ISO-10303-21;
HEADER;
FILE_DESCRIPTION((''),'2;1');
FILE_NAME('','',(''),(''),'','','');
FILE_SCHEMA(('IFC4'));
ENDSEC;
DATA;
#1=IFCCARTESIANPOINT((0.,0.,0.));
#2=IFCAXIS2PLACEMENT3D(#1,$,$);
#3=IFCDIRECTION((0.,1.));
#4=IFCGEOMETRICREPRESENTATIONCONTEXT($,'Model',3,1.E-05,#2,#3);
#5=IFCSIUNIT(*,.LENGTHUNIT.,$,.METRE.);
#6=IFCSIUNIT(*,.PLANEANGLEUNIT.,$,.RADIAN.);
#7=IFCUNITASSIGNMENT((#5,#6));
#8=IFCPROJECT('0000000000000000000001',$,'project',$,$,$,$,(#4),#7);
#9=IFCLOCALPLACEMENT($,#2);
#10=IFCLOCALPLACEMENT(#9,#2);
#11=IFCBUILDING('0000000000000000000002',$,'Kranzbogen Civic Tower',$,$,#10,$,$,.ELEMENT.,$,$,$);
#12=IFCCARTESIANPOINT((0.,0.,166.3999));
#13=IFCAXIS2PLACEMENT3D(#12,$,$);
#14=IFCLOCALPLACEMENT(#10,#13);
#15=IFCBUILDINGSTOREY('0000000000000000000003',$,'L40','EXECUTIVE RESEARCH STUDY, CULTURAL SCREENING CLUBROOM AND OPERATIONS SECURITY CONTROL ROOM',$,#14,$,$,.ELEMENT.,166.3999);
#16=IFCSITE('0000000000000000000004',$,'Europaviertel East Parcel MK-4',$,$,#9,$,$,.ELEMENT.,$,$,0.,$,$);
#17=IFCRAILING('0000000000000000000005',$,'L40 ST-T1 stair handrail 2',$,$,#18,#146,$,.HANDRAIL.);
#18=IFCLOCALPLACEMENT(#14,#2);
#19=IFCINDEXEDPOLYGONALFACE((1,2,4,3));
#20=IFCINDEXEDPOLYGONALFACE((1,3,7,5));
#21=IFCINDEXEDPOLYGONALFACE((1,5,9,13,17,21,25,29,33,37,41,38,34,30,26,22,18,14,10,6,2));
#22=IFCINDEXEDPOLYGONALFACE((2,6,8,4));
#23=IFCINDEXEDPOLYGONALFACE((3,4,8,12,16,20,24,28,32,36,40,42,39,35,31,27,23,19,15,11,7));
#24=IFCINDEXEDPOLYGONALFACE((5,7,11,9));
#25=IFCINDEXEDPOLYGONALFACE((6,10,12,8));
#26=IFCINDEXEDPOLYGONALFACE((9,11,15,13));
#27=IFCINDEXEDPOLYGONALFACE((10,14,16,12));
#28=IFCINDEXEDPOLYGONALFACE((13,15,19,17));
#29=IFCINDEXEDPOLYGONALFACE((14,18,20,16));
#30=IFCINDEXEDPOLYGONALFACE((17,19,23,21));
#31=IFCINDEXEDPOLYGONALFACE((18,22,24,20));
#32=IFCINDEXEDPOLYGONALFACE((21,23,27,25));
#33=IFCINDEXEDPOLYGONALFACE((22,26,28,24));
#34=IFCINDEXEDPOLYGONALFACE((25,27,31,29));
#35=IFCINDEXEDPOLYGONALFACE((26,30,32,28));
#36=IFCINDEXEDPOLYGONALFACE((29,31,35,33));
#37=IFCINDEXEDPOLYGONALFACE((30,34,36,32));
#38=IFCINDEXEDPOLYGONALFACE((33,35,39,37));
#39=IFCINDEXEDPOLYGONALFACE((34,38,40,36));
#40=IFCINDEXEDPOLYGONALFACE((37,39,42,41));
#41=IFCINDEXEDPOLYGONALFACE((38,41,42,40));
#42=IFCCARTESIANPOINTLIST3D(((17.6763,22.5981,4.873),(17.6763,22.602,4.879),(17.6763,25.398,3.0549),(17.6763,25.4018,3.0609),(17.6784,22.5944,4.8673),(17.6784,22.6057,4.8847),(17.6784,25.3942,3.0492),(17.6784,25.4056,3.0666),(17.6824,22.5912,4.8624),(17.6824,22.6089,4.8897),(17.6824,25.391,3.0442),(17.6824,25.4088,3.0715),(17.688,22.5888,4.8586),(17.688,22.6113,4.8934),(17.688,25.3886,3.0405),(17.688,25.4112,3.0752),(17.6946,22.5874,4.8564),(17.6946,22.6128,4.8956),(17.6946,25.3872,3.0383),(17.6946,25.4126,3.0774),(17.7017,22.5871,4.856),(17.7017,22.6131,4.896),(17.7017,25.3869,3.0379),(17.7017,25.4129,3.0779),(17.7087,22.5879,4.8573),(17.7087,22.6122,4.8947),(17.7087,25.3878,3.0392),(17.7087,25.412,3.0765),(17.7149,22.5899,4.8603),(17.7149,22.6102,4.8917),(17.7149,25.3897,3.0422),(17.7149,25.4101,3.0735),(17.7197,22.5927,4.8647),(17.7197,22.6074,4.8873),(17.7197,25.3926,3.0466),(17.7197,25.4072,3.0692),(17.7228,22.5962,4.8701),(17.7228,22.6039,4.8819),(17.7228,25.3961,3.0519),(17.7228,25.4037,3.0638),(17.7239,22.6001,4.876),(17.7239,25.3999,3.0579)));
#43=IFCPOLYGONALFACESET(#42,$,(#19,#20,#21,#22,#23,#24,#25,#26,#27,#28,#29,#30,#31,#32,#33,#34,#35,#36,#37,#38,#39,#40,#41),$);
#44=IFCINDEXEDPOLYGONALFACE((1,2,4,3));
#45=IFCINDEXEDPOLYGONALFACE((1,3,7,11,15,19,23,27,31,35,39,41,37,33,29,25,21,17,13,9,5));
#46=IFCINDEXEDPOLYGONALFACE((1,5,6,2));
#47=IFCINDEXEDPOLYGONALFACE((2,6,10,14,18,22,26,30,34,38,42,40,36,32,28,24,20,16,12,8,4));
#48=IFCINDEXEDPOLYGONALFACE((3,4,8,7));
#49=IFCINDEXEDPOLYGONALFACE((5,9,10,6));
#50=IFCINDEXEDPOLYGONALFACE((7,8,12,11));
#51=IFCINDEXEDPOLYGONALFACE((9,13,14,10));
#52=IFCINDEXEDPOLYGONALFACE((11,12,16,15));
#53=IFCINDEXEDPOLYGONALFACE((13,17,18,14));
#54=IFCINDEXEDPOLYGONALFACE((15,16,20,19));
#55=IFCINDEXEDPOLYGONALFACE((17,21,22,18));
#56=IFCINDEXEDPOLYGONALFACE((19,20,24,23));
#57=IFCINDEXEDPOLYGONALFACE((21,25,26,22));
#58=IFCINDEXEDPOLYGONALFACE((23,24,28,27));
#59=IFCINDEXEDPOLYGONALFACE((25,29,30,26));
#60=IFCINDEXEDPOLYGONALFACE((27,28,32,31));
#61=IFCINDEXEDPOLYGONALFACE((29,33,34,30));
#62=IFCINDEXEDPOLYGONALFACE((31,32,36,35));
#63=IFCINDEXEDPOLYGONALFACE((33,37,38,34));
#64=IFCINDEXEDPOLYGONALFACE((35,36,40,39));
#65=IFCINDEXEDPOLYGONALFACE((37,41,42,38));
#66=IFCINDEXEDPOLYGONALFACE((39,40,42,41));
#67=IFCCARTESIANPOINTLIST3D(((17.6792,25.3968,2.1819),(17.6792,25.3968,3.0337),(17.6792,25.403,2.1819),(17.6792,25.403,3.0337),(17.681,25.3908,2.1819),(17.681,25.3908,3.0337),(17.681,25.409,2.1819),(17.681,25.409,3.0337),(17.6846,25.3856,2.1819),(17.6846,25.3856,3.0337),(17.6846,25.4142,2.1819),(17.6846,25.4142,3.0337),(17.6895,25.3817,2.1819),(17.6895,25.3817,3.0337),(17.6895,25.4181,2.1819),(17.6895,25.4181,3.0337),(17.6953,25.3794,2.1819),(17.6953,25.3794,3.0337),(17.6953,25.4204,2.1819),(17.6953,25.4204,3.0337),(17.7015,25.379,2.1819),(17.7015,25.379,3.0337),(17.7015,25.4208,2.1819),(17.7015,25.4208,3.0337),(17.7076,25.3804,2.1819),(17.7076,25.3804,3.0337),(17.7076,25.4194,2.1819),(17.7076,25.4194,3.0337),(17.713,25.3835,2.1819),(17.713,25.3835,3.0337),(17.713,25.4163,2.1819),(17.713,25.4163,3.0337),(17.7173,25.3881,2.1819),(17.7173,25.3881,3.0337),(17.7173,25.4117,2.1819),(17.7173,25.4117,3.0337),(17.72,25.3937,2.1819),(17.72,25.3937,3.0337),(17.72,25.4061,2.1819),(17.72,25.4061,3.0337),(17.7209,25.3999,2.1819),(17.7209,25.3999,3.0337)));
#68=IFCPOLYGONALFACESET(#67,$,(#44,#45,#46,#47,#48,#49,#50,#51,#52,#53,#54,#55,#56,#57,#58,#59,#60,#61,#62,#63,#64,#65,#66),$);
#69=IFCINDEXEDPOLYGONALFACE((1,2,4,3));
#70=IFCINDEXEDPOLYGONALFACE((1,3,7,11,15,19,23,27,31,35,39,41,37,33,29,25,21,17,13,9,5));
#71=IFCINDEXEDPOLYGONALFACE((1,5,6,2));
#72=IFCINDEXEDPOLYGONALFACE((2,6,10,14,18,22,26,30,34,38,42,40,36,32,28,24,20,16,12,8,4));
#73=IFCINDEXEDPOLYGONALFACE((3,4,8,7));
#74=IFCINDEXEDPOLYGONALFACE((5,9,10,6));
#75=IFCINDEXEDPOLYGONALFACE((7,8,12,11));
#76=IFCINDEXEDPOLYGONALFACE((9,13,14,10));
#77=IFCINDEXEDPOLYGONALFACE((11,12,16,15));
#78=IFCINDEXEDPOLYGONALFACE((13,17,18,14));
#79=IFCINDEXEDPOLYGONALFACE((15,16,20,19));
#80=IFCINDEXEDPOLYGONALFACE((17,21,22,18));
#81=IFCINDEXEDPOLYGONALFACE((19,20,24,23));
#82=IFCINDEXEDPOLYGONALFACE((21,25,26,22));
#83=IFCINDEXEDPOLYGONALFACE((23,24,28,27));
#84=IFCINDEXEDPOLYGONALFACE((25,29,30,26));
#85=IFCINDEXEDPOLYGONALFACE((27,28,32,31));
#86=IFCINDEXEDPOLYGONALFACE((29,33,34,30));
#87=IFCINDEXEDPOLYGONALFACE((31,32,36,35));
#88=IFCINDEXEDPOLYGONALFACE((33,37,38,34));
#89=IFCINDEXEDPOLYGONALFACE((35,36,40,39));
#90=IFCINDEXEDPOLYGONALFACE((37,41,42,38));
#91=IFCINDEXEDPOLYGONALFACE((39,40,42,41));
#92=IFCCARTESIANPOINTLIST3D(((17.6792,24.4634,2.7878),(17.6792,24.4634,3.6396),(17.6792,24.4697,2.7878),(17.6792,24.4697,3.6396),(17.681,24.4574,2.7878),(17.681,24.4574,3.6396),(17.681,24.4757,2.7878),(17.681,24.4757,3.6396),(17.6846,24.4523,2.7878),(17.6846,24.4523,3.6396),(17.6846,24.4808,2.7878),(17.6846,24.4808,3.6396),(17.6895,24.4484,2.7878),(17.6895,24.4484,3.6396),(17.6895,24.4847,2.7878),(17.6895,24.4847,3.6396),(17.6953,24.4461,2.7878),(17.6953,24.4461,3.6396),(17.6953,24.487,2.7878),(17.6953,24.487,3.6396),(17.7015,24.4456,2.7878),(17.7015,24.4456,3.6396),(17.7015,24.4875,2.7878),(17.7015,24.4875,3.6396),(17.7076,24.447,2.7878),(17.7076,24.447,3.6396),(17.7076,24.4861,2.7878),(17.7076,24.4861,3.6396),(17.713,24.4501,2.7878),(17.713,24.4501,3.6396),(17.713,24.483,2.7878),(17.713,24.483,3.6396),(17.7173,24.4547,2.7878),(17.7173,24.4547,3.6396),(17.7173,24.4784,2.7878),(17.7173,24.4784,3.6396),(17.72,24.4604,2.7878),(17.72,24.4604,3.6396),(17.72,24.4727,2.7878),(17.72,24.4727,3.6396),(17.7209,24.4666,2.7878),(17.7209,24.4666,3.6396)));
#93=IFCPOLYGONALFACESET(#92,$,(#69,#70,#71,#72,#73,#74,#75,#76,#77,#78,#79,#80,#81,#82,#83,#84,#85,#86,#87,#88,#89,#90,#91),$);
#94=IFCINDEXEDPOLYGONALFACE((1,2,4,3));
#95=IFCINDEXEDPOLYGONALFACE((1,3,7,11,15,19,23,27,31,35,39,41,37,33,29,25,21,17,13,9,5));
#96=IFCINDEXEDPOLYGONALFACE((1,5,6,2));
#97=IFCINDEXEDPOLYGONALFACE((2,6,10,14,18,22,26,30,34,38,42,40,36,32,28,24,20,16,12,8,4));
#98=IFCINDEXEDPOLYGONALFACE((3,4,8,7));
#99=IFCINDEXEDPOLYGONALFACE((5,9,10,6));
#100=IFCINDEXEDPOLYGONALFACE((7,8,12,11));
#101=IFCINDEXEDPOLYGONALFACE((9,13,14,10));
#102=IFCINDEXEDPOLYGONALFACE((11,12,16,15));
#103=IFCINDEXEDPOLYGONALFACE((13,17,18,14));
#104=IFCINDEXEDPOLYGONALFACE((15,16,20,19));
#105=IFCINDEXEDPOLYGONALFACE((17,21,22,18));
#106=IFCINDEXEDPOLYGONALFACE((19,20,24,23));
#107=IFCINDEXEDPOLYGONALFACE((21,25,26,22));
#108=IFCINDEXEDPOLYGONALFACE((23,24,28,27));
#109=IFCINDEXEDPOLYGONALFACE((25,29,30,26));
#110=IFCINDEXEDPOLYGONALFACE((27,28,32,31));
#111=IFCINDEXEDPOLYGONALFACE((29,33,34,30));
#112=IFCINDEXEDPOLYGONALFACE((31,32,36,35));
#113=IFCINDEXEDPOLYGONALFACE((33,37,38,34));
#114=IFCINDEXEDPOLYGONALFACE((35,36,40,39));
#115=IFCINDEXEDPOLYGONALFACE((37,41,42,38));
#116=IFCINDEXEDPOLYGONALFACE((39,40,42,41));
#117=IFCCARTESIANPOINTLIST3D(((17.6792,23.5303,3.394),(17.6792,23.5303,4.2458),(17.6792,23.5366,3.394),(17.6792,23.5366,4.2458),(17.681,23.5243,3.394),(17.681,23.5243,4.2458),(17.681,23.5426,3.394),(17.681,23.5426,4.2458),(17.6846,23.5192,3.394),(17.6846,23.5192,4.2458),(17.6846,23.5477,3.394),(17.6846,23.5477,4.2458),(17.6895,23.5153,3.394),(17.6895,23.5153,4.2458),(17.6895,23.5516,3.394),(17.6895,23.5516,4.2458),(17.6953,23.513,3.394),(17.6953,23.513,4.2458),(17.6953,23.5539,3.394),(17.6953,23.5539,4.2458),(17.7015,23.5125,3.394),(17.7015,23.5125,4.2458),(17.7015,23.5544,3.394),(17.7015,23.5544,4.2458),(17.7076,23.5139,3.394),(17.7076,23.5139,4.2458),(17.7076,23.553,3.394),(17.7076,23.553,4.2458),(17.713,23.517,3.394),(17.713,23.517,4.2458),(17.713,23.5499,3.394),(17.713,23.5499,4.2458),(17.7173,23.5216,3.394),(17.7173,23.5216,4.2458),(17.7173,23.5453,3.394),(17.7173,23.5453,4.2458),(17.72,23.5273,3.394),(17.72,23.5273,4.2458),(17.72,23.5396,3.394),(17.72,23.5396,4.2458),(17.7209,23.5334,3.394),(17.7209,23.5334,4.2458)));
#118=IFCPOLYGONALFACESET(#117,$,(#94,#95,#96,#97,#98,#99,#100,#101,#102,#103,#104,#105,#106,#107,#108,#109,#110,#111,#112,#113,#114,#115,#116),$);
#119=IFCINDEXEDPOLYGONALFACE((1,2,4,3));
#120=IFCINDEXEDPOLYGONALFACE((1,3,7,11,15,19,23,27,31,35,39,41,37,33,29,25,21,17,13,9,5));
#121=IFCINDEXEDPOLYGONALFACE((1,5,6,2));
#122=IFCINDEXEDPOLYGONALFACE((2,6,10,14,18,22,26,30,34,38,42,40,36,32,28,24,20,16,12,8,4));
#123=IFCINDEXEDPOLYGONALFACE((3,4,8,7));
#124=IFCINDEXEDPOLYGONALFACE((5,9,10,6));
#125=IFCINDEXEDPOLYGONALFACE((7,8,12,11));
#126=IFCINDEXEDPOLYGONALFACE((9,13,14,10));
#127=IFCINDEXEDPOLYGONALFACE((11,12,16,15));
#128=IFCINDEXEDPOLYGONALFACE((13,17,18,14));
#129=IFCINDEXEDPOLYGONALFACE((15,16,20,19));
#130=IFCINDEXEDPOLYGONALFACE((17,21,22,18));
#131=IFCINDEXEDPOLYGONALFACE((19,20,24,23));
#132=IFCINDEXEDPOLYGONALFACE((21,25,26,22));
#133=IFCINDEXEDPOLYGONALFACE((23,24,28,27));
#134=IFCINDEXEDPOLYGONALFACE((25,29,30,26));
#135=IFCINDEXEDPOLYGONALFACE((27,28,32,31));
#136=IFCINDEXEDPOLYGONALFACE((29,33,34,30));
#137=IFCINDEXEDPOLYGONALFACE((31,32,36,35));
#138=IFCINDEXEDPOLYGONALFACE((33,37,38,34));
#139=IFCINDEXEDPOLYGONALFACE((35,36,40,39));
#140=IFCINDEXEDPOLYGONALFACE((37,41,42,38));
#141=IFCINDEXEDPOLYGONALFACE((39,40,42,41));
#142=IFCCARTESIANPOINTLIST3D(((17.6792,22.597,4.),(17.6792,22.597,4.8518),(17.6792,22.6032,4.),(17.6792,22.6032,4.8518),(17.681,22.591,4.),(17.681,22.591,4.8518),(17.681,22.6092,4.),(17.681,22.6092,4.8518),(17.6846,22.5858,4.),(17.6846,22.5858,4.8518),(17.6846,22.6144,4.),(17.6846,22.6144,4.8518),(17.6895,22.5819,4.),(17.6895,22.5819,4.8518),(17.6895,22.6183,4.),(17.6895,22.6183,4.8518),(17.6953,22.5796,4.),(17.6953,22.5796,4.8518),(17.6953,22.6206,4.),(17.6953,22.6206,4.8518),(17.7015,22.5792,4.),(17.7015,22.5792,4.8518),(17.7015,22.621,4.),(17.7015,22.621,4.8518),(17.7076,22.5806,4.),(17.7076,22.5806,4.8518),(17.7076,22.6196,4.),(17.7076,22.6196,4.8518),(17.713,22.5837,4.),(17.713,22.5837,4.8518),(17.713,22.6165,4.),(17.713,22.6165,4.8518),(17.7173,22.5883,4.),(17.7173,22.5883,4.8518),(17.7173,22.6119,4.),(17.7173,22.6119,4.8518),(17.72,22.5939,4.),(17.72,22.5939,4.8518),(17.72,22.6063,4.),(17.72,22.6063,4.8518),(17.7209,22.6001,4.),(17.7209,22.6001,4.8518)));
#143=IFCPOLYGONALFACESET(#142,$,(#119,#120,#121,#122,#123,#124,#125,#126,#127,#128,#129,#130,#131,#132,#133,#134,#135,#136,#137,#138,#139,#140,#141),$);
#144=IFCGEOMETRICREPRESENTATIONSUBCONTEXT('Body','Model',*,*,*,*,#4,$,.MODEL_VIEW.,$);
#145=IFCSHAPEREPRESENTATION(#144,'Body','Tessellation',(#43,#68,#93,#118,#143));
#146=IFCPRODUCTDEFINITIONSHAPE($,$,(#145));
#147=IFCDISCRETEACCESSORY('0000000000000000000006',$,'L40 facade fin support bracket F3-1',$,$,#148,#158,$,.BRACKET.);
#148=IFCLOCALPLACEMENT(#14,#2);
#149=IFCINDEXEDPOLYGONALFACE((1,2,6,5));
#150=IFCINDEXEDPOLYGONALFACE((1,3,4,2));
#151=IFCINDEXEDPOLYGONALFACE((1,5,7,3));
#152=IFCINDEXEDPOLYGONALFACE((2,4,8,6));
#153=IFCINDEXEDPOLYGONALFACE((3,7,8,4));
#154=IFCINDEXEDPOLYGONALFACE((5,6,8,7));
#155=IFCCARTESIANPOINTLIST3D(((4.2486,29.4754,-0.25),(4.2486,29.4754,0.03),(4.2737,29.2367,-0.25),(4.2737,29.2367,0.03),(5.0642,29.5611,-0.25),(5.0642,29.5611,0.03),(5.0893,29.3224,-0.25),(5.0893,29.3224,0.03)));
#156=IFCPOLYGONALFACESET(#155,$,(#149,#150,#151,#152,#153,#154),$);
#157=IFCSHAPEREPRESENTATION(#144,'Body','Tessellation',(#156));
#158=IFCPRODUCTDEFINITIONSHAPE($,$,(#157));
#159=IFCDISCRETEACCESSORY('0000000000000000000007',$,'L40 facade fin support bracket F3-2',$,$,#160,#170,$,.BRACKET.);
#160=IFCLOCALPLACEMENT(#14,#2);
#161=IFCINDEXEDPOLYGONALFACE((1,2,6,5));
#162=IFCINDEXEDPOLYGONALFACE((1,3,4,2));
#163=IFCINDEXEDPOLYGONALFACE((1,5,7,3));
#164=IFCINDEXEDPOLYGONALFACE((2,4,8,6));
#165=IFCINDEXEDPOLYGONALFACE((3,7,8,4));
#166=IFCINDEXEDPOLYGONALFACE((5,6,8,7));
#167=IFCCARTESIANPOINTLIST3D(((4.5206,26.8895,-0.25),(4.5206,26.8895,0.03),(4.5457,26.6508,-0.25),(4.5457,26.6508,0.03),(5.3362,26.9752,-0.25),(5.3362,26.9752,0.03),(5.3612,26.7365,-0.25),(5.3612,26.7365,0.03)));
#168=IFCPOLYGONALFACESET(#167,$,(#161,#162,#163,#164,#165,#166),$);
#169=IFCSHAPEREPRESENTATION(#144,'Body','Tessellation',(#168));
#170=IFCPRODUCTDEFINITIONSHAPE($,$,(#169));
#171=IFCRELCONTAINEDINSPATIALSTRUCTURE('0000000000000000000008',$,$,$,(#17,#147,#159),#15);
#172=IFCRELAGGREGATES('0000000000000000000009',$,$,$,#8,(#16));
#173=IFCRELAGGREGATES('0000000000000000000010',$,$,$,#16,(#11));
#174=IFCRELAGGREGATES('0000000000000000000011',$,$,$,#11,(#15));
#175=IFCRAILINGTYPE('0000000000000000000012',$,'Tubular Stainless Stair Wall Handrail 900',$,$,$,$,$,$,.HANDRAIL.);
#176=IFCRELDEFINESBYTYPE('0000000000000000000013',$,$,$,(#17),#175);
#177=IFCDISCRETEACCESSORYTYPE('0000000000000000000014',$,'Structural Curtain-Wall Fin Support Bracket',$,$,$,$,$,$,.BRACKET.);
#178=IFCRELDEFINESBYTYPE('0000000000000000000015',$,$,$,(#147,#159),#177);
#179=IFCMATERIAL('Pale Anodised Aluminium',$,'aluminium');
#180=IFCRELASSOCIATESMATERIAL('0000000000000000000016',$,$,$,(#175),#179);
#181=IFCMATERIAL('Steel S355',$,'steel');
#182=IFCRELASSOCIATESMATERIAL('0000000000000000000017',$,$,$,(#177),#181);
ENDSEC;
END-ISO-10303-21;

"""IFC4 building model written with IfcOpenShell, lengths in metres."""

from ifc_helpers import new_model, si_unit, direction, frame, origin, origin_2d, place, context, subcontext, project, spatial, rectangle, circle, extrude, material, type_object, element, save


model = new_model("IFC4")

# Units and contexts
model_context = context("Model", 3, precision=1e-05, world=origin(), true_north=direction((0.0, 1.0)))
body_context = subcontext(model_context, "Body", "Model", "MODEL_VIEW")
ifc_project = project(units=[si_unit("LENGTHUNIT", "METRE"), si_unit("PLANEANGLEUNIT", "RADIAN")], contexts=[model_context])

# Site, building, storey
site_placement = place(None, origin())
site = spatial("IfcSite", under=ifc_project, at=site_placement, Name="Europaviertel East Parcel MK-4", CompositionType="ELEMENT", RefElevation=0.0)
building_placement = place(site_placement, origin())
building = spatial("IfcBuilding", under=site, at=building_placement, Name="Kranzbogen Civic Tower", CompositionType="ELEMENT")
storey_placement = place(building_placement, frame((0.0, 0.0, 166.3999)))
storey = spatial("IfcBuildingStorey", under=building, at=storey_placement, Name="L40", Description="EXECUTIVE RESEARCH STUDY, CULTURAL SCREENING CLUBROOM AND OPERATIONS SECURITY CONTROL ROOM", CompositionType="ELEMENT", Elevation=166.3999)

# Shared definitions
ifc_material_1 = material(Name="Pale Anodised Aluminium", Category="aluminium")

# Shared definitions
ifc_material_2 = material(Name="Steel S355", Category="steel")

# Railing
railing_type_1 = type_object("IfcRailingType", Name="Tubular Stainless Stair Wall Handrail 900", PredefinedType="HANDRAIL", material=ifc_material_1)
railing_1_placement = place(storey_placement, frame((17.7, 25.3999, 2.1819)))
element("IfcRailing", 1, at=railing_1_placement, inside=storey, type_object=railing_type_1, Name="L40 ST-T1 stair handrail 2", PredefinedType="HANDRAIL", context=body_context, shape_type="SweptSolid", body=[
    extrude(circle(Radius=0.0239, at=origin_2d()), frame((0.0, 0.0, 0.876), z_axis=(0.0, -0.838684, 0.544618), x_axis=(1.0, 0.0, 0.0)), (0.0, 0.0, 1.0), 3.3384),
    extrude(circle(Radius=0.021, at=origin_2d()), origin(), (0.0, 0.0, 1.0), 0.8518),
    extrude(circle(Radius=0.021, at=origin_2d()), frame((0.0, -0.9333, 0.606)), (0.0, 0.0, 1.0), 0.8518),
    extrude(circle(Radius=0.021, at=origin_2d()), frame((0.0, -1.8665, 1.2122)), (0.0, 0.0, 1.0), 0.8518),
    extrude(circle(Radius=0.021, at=origin_2d()), frame((0.0, -2.7998, 1.8181)), (0.0, 0.0, 1.0), 0.8518),
])

# Discrete accessories
discrete_accessory_type = type_object("IfcDiscreteAccessoryType", Name="Structural Curtain-Wall Fin Support Bracket", PredefinedType="BRACKET", material=ifc_material_2)
for number, where, z_axis, x_axis, name in (
    (2, (4.6689, 29.3989, -0.25), (0.0, 0.0, 1.0), (-0.994522, -0.104528, 0.0), "L40 facade fin support bracket F3-1"),
    (3, (4.9409, 26.813, -0.25), (0.0, 0.0, 1.0), (-0.994522, -0.104528, 0.0), "L40 facade fin support bracket F3-2"),
):
    element("IfcDiscreteAccessory", number, at=place(storey_placement, frame(where, z_axis=z_axis, x_axis=x_axis)), inside=storey, type_object=discrete_accessory_type, Name=name, PredefinedType="BRACKET", context=body_context, shape_type="SweptSolid", body=[
        extrude(rectangle(XDim=0.8201, YDim=0.24, at=origin_2d()), origin(), (0.0, 0.0, 1.0), 0.28),
    ])

save(model, "model.ifc")
